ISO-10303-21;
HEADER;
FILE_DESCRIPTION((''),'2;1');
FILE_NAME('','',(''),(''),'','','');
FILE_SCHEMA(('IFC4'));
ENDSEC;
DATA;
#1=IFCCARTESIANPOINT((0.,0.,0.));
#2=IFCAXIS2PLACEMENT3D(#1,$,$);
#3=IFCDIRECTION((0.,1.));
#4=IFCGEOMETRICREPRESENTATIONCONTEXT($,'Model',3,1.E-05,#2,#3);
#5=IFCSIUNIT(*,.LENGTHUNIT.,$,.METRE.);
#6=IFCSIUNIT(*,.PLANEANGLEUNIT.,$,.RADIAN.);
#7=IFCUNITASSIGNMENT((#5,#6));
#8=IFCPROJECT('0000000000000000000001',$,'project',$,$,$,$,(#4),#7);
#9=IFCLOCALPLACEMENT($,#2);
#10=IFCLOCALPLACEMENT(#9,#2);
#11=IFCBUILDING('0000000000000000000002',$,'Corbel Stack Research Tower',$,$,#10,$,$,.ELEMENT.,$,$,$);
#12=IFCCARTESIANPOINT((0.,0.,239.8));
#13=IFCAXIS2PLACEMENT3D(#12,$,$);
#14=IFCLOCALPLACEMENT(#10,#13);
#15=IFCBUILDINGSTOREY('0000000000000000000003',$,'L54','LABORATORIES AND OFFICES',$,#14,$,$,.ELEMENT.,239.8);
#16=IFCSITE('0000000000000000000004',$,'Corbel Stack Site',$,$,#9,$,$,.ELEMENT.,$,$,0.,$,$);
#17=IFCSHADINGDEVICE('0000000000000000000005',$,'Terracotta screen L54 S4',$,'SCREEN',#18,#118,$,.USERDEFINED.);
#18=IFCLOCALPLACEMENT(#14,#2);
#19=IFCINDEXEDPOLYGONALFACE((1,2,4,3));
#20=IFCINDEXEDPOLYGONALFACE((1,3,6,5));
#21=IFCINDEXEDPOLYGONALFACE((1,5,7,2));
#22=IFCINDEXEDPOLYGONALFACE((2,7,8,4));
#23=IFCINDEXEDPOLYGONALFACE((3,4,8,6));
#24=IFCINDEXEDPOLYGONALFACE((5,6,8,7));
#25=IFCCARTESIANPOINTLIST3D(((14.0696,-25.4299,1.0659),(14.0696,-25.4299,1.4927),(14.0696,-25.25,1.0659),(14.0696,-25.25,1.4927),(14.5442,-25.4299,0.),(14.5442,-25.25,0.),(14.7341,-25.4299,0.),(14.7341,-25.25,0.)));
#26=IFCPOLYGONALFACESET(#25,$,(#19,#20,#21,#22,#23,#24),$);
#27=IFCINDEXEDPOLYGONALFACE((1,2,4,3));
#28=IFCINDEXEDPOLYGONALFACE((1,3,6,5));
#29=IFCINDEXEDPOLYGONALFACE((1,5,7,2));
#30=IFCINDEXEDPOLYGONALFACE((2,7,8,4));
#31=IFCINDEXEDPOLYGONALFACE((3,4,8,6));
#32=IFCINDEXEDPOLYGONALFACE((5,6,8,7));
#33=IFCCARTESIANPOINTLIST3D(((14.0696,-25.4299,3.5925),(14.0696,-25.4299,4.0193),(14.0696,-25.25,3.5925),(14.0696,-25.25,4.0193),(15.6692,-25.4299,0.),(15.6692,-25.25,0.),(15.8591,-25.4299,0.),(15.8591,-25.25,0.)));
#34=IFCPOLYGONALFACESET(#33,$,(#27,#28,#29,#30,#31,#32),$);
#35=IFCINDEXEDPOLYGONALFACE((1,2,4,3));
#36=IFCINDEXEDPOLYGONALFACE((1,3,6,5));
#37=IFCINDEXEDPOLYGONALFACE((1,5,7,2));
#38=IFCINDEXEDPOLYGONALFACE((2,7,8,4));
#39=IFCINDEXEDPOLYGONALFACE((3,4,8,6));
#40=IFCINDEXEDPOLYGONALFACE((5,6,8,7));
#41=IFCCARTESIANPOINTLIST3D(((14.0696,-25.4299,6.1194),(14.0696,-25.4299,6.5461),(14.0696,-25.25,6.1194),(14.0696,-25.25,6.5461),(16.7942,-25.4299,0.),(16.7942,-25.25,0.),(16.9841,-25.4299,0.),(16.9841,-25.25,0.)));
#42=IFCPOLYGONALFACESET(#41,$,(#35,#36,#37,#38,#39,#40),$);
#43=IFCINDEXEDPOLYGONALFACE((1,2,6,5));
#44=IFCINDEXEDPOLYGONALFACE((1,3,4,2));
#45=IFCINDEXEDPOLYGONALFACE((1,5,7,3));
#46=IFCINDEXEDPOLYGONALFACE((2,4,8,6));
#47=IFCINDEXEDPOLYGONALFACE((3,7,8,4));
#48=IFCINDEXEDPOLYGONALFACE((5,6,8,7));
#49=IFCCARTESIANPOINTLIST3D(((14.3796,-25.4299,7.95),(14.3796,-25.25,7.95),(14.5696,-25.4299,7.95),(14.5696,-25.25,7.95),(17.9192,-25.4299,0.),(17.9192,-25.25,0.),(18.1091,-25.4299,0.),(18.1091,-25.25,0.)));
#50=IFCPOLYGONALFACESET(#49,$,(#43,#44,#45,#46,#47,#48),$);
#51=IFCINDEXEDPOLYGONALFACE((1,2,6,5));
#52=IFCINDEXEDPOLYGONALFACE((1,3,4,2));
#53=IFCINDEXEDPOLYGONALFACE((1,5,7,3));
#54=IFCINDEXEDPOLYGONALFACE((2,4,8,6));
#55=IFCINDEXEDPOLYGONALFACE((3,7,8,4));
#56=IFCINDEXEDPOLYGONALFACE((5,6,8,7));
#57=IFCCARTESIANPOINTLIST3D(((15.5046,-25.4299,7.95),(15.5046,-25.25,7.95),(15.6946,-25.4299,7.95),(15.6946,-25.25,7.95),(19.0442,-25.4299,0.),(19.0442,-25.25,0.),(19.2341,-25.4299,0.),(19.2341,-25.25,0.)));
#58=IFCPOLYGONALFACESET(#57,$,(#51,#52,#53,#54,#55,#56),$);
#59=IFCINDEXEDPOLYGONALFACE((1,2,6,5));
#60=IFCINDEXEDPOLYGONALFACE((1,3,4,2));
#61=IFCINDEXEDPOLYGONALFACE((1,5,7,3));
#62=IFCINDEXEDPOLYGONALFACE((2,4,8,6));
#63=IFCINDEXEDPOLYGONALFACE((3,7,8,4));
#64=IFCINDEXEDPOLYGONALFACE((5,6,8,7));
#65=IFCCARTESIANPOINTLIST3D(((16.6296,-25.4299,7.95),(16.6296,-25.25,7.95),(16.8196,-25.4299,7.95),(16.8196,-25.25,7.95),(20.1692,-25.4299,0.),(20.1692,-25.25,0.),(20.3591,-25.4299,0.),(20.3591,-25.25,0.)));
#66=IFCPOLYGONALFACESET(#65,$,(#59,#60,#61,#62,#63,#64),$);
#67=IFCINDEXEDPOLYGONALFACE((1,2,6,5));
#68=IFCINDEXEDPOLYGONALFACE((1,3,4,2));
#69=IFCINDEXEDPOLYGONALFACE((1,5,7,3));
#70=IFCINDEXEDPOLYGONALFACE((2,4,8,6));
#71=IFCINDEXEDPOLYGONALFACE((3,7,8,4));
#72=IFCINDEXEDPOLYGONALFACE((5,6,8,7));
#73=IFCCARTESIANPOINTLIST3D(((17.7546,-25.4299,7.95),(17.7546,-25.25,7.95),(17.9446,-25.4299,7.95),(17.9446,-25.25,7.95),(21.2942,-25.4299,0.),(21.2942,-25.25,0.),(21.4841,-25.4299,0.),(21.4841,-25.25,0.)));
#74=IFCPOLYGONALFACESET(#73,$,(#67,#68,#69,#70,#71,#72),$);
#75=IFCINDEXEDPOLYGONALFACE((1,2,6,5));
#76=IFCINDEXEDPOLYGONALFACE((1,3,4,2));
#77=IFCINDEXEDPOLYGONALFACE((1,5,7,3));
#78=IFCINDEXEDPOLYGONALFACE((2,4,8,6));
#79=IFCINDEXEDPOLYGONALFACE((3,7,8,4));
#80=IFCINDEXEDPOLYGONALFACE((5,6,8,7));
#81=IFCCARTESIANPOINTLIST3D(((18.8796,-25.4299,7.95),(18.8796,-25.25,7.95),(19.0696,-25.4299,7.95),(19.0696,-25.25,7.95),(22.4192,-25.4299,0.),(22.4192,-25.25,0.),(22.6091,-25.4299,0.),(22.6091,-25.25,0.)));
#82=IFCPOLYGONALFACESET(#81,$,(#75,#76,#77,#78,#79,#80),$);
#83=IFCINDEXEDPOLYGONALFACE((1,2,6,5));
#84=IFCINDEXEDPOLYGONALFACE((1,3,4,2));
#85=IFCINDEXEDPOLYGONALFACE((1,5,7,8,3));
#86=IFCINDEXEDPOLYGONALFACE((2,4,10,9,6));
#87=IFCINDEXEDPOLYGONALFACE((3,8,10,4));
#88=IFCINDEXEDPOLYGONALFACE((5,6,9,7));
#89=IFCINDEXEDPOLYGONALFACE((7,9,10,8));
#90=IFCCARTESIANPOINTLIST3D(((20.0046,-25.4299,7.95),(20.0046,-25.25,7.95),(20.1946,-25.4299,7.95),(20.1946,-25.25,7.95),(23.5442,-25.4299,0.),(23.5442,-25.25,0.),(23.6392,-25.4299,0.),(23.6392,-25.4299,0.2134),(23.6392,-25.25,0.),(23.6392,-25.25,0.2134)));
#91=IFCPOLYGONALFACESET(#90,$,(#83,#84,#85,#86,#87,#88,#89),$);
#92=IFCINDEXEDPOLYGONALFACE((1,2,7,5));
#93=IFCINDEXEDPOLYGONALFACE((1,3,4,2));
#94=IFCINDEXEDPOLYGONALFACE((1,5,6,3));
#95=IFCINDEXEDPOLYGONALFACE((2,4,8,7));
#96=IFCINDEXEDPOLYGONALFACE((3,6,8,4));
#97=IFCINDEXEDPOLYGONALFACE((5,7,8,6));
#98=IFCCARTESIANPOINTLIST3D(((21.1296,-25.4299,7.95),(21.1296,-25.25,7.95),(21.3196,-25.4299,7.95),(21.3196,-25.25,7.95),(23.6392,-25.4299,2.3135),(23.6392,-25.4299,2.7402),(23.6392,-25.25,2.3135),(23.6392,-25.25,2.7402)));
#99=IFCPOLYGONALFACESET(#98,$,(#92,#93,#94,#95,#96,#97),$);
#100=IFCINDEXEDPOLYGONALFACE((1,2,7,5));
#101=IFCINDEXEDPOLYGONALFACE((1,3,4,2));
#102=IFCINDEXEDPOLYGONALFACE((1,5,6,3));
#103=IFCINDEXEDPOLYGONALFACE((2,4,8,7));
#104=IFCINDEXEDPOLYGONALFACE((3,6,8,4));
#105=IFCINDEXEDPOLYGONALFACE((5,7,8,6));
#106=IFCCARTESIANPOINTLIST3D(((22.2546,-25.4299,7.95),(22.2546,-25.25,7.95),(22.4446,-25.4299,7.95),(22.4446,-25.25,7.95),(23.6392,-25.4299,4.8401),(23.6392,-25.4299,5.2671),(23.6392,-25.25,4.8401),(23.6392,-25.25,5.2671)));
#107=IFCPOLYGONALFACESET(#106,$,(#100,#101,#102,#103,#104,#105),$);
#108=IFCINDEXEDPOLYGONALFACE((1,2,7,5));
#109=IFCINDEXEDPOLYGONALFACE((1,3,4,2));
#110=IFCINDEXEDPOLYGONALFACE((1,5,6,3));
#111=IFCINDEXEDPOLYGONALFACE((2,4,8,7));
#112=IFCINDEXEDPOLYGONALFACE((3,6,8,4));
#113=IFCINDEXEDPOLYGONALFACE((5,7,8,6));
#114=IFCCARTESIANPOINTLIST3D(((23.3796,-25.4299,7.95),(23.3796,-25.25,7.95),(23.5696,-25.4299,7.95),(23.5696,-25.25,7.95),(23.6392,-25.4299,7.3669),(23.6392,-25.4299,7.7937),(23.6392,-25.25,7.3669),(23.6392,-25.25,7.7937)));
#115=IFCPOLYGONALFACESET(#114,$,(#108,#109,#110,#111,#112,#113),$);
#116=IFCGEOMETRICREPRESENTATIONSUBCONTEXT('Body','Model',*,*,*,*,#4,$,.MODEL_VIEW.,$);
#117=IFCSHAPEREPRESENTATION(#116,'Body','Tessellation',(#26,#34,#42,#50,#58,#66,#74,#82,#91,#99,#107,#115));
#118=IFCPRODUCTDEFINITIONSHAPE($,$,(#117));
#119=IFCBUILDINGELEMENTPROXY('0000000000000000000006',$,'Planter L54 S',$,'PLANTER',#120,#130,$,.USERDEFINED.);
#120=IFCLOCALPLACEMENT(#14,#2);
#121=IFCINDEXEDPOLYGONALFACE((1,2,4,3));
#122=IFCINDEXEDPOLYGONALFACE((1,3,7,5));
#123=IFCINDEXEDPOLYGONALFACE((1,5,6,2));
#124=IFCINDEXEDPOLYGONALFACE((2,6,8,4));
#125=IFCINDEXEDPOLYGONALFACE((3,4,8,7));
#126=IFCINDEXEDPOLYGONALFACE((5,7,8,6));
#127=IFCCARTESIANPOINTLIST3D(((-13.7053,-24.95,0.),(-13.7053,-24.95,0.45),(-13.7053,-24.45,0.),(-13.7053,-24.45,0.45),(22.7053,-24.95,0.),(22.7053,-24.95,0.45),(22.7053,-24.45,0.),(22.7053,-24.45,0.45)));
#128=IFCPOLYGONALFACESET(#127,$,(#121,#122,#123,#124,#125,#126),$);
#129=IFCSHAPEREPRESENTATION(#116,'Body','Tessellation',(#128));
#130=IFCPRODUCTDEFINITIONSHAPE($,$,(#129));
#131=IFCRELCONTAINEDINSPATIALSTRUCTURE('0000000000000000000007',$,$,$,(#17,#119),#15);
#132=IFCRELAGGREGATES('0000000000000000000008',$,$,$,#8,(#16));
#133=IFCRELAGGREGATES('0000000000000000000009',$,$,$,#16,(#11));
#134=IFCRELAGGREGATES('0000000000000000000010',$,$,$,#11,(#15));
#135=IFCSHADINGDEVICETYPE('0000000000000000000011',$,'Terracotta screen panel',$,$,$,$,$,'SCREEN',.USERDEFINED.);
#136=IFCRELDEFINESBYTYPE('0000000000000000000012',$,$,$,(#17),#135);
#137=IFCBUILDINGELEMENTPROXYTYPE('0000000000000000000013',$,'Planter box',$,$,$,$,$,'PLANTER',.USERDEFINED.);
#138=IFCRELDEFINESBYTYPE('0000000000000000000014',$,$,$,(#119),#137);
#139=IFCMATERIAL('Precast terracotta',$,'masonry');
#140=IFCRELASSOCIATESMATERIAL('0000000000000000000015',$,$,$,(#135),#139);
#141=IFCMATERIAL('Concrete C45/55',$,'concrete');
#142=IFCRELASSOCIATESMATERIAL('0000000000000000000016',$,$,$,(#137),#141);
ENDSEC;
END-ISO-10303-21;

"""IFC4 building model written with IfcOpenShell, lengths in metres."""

from ifc_helpers import new_model, si_unit, direction, frame, origin, origin_2d, place, context, subcontext, project, spatial, polyline, rectangle, outline, extrude, source, transform, mapped, material, type_object, element, save


model = new_model("IFC4")

# Units and contexts
model_context = context("Model", 3, precision=1e-05, world=origin(), true_north=direction((0.0, 1.0)))
body_context = subcontext(model_context, "Body", "Model", "MODEL_VIEW")
ifc_project = project(units=[si_unit("LENGTHUNIT", "METRE"), si_unit("PLANEANGLEUNIT", "RADIAN")], contexts=[model_context])

# Site, building, storey
site_placement = place(None, origin())
site = spatial("IfcSite", under=ifc_project, at=site_placement, Name="Corbel Stack Site", CompositionType="ELEMENT", RefElevation=0.0)
building_placement = place(site_placement, origin())
building = spatial("IfcBuilding", under=site, at=building_placement, Name="Corbel Stack Research Tower", CompositionType="ELEMENT")
storey_placement = place(building_placement, frame((0.0, 0.0, 239.8)))
storey = spatial("IfcBuildingStorey", under=building, at=storey_placement, Name="L54", Description="LABORATORIES AND OFFICES", CompositionType="ELEMENT", Elevation=239.8)

# Shading device
ifc_material_1 = material(Name="Precast terracotta", Category="masonry")
shading_device_type = type_object("IfcShadingDeviceType", Name="Terracotta screen panel", ElementType="SCREEN", PredefinedType="USERDEFINED", material=ifc_material_1)
shared_shape_1 = source(origin(), body_context, "Body", "SweptSolid", [
    extrude(outline(polyline([(0.6646, 0.0), (0.0, 1.4927), (0.0, 1.0659), (0.4746, 0.0), (0.6646, 0.0)])), frame((0.0, 0.0, 0.0), z_axis=(0.0, -1.0, 0.0), x_axis=(1.0, 0.0, 0.0)), (0.0, 0.0, 1.0), 0.1799),
    extrude(outline(polyline([(1.7896, 0.0), (0.0, 4.0193), (0.0, 3.5925), (1.5996, 0.0), (1.7896, 0.0)])), frame((0.0, 0.0, 0.0), z_axis=(0.0, -1.0, 0.0), x_axis=(1.0, 0.0, 0.0)), (0.0, 0.0, 1.0), 0.1799),
    extrude(outline(polyline([(2.9146, 0.0), (0.0, 6.5461), (0.0, 6.1194), (2.7246, 0.0), (2.9146, 0.0)])), frame((0.0, 0.0, 0.0), z_axis=(0.0, -1.0, 0.0), x_axis=(1.0, 0.0, 0.0)), (0.0, 0.0, 1.0), 0.1799),
    extrude(outline(polyline([(4.0396, 0.0), (0.5, 7.95), (0.3101, 7.95), (3.8496, 0.0), (4.0396, 0.0)])), frame((0.0, 0.0, 0.0), z_axis=(0.0, -1.0, 0.0), x_axis=(1.0, 0.0, 0.0)), (0.0, 0.0, 1.0), 0.1799),
    extrude(outline(polyline([(5.1646, 0.0), (1.625, 7.95), (1.4351, 7.95), (4.9746, 0.0), (5.1646, 0.0)])), frame((0.0, 0.0, 0.0), z_axis=(0.0, -1.0, 0.0), x_axis=(1.0, 0.0, 0.0)), (0.0, 0.0, 1.0), 0.1799),
    extrude(outline(polyline([(6.2896, 0.0), (2.75, 7.95), (2.5601, 7.95), (6.0996, 0.0), (6.2896, 0.0)])), frame((0.0, 0.0, 0.0), z_axis=(0.0, -1.0, 0.0), x_axis=(1.0, 0.0, 0.0)), (0.0, 0.0, 1.0), 0.1799),
    extrude(outline(polyline([(7.4146, 0.0), (3.875, 7.95), (3.6851, 7.95), (7.2246, 0.0), (7.4146, 0.0)])), frame((0.0, 0.0, 0.0), z_axis=(0.0, -1.0, 0.0), x_axis=(1.0, 0.0, 0.0)), (0.0, 0.0, 1.0), 0.1799),
    extrude(outline(polyline([(8.5396, 0.0), (5.0, 7.95), (4.8101, 7.95), (8.3496, 0.0), (8.5396, 0.0)])), frame((0.0, 0.0, 0.0), z_axis=(0.0, -1.0, 0.0), x_axis=(1.0, 0.0, 0.0)), (0.0, 0.0, 1.0), 0.1799),
    extrude(outline(polyline([(9.5696, 0.0), (9.5696, 0.2134), (6.125, 7.95), (5.9351, 7.95), (9.4746, 0.0), (9.5696, 0.0)])), frame((0.0, 0.0, 0.0), z_axis=(0.0, -1.0, 0.0), x_axis=(1.0, 0.0, 0.0)), (0.0, 0.0, 1.0), 0.1799),
    extrude(outline(polyline([(7.25, 7.95), (7.0601, 7.95), (9.5696, 2.3135), (9.5696, 2.7402), (7.25, 7.95)])), frame((0.0, 0.0, 0.0), z_axis=(0.0, -1.0, 0.0), x_axis=(1.0, 0.0, 0.0)), (0.0, 0.0, 1.0), 0.1799),
    extrude(outline(polyline([(8.375, 7.95), (8.1851, 7.95), (9.5696, 4.8401), (9.5696, 5.2671), (8.375, 7.95)])), frame((0.0, 0.0, 0.0), z_axis=(0.0, -1.0, 0.0), x_axis=(1.0, 0.0, 0.0)), (0.0, 0.0, 1.0), 0.1799),
    extrude(outline(polyline([(9.5, 7.95), (9.3101, 7.95), (9.5696, 7.3669), (9.5696, 7.7937), (9.5, 7.95)])), frame((0.0, 0.0, 0.0), z_axis=(0.0, -1.0, 0.0), x_axis=(1.0, 0.0, 0.0)), (0.0, 0.0, 1.0), 0.1799),
])
shading_device_1_placement = place(storey_placement, frame((14.0696, -25.25, 0.0), z_axis=(0.0, 0.0, 1.0), x_axis=(1.0, 0.0, 0.0)))
element("IfcShadingDevice", 1, at=shading_device_1_placement, inside=storey, type_object=shading_device_type, Name="Terracotta screen L54 S4", ObjectType="SCREEN", PredefinedType="USERDEFINED", context=body_context, shape_type="MappedRepresentation", body=[
    mapped(shared_shape_1, transform((0.0, 0.0, 0.0))),
])

# Building element proxy
ifc_material_2 = material(Name="Concrete C45/55", Category="concrete")
building_element_proxy_type = type_object("IfcBuildingElementProxyType", Name="Planter box", ElementType="PLANTER", PredefinedType="USERDEFINED", material=ifc_material_2)
proxy_placement = place(storey_placement, frame((4.5, -24.7, 0.0), z_axis=(0.0, 0.0, 1.0), x_axis=(1.0, 0.0, 0.0)))
element("IfcBuildingElementProxy", 2, at=proxy_placement, inside=storey, type_object=building_element_proxy_type, Name="Planter L54 S", ObjectType="PLANTER", PredefinedType="USERDEFINED", context=body_context, shape_type="SweptSolid", body=[
    extrude(rectangle(XDim=36.4106, YDim=0.5, at=origin_2d()), origin(), (0.0, 0.0, 1.0), 0.45),
])

save(model, "model.ifc")
